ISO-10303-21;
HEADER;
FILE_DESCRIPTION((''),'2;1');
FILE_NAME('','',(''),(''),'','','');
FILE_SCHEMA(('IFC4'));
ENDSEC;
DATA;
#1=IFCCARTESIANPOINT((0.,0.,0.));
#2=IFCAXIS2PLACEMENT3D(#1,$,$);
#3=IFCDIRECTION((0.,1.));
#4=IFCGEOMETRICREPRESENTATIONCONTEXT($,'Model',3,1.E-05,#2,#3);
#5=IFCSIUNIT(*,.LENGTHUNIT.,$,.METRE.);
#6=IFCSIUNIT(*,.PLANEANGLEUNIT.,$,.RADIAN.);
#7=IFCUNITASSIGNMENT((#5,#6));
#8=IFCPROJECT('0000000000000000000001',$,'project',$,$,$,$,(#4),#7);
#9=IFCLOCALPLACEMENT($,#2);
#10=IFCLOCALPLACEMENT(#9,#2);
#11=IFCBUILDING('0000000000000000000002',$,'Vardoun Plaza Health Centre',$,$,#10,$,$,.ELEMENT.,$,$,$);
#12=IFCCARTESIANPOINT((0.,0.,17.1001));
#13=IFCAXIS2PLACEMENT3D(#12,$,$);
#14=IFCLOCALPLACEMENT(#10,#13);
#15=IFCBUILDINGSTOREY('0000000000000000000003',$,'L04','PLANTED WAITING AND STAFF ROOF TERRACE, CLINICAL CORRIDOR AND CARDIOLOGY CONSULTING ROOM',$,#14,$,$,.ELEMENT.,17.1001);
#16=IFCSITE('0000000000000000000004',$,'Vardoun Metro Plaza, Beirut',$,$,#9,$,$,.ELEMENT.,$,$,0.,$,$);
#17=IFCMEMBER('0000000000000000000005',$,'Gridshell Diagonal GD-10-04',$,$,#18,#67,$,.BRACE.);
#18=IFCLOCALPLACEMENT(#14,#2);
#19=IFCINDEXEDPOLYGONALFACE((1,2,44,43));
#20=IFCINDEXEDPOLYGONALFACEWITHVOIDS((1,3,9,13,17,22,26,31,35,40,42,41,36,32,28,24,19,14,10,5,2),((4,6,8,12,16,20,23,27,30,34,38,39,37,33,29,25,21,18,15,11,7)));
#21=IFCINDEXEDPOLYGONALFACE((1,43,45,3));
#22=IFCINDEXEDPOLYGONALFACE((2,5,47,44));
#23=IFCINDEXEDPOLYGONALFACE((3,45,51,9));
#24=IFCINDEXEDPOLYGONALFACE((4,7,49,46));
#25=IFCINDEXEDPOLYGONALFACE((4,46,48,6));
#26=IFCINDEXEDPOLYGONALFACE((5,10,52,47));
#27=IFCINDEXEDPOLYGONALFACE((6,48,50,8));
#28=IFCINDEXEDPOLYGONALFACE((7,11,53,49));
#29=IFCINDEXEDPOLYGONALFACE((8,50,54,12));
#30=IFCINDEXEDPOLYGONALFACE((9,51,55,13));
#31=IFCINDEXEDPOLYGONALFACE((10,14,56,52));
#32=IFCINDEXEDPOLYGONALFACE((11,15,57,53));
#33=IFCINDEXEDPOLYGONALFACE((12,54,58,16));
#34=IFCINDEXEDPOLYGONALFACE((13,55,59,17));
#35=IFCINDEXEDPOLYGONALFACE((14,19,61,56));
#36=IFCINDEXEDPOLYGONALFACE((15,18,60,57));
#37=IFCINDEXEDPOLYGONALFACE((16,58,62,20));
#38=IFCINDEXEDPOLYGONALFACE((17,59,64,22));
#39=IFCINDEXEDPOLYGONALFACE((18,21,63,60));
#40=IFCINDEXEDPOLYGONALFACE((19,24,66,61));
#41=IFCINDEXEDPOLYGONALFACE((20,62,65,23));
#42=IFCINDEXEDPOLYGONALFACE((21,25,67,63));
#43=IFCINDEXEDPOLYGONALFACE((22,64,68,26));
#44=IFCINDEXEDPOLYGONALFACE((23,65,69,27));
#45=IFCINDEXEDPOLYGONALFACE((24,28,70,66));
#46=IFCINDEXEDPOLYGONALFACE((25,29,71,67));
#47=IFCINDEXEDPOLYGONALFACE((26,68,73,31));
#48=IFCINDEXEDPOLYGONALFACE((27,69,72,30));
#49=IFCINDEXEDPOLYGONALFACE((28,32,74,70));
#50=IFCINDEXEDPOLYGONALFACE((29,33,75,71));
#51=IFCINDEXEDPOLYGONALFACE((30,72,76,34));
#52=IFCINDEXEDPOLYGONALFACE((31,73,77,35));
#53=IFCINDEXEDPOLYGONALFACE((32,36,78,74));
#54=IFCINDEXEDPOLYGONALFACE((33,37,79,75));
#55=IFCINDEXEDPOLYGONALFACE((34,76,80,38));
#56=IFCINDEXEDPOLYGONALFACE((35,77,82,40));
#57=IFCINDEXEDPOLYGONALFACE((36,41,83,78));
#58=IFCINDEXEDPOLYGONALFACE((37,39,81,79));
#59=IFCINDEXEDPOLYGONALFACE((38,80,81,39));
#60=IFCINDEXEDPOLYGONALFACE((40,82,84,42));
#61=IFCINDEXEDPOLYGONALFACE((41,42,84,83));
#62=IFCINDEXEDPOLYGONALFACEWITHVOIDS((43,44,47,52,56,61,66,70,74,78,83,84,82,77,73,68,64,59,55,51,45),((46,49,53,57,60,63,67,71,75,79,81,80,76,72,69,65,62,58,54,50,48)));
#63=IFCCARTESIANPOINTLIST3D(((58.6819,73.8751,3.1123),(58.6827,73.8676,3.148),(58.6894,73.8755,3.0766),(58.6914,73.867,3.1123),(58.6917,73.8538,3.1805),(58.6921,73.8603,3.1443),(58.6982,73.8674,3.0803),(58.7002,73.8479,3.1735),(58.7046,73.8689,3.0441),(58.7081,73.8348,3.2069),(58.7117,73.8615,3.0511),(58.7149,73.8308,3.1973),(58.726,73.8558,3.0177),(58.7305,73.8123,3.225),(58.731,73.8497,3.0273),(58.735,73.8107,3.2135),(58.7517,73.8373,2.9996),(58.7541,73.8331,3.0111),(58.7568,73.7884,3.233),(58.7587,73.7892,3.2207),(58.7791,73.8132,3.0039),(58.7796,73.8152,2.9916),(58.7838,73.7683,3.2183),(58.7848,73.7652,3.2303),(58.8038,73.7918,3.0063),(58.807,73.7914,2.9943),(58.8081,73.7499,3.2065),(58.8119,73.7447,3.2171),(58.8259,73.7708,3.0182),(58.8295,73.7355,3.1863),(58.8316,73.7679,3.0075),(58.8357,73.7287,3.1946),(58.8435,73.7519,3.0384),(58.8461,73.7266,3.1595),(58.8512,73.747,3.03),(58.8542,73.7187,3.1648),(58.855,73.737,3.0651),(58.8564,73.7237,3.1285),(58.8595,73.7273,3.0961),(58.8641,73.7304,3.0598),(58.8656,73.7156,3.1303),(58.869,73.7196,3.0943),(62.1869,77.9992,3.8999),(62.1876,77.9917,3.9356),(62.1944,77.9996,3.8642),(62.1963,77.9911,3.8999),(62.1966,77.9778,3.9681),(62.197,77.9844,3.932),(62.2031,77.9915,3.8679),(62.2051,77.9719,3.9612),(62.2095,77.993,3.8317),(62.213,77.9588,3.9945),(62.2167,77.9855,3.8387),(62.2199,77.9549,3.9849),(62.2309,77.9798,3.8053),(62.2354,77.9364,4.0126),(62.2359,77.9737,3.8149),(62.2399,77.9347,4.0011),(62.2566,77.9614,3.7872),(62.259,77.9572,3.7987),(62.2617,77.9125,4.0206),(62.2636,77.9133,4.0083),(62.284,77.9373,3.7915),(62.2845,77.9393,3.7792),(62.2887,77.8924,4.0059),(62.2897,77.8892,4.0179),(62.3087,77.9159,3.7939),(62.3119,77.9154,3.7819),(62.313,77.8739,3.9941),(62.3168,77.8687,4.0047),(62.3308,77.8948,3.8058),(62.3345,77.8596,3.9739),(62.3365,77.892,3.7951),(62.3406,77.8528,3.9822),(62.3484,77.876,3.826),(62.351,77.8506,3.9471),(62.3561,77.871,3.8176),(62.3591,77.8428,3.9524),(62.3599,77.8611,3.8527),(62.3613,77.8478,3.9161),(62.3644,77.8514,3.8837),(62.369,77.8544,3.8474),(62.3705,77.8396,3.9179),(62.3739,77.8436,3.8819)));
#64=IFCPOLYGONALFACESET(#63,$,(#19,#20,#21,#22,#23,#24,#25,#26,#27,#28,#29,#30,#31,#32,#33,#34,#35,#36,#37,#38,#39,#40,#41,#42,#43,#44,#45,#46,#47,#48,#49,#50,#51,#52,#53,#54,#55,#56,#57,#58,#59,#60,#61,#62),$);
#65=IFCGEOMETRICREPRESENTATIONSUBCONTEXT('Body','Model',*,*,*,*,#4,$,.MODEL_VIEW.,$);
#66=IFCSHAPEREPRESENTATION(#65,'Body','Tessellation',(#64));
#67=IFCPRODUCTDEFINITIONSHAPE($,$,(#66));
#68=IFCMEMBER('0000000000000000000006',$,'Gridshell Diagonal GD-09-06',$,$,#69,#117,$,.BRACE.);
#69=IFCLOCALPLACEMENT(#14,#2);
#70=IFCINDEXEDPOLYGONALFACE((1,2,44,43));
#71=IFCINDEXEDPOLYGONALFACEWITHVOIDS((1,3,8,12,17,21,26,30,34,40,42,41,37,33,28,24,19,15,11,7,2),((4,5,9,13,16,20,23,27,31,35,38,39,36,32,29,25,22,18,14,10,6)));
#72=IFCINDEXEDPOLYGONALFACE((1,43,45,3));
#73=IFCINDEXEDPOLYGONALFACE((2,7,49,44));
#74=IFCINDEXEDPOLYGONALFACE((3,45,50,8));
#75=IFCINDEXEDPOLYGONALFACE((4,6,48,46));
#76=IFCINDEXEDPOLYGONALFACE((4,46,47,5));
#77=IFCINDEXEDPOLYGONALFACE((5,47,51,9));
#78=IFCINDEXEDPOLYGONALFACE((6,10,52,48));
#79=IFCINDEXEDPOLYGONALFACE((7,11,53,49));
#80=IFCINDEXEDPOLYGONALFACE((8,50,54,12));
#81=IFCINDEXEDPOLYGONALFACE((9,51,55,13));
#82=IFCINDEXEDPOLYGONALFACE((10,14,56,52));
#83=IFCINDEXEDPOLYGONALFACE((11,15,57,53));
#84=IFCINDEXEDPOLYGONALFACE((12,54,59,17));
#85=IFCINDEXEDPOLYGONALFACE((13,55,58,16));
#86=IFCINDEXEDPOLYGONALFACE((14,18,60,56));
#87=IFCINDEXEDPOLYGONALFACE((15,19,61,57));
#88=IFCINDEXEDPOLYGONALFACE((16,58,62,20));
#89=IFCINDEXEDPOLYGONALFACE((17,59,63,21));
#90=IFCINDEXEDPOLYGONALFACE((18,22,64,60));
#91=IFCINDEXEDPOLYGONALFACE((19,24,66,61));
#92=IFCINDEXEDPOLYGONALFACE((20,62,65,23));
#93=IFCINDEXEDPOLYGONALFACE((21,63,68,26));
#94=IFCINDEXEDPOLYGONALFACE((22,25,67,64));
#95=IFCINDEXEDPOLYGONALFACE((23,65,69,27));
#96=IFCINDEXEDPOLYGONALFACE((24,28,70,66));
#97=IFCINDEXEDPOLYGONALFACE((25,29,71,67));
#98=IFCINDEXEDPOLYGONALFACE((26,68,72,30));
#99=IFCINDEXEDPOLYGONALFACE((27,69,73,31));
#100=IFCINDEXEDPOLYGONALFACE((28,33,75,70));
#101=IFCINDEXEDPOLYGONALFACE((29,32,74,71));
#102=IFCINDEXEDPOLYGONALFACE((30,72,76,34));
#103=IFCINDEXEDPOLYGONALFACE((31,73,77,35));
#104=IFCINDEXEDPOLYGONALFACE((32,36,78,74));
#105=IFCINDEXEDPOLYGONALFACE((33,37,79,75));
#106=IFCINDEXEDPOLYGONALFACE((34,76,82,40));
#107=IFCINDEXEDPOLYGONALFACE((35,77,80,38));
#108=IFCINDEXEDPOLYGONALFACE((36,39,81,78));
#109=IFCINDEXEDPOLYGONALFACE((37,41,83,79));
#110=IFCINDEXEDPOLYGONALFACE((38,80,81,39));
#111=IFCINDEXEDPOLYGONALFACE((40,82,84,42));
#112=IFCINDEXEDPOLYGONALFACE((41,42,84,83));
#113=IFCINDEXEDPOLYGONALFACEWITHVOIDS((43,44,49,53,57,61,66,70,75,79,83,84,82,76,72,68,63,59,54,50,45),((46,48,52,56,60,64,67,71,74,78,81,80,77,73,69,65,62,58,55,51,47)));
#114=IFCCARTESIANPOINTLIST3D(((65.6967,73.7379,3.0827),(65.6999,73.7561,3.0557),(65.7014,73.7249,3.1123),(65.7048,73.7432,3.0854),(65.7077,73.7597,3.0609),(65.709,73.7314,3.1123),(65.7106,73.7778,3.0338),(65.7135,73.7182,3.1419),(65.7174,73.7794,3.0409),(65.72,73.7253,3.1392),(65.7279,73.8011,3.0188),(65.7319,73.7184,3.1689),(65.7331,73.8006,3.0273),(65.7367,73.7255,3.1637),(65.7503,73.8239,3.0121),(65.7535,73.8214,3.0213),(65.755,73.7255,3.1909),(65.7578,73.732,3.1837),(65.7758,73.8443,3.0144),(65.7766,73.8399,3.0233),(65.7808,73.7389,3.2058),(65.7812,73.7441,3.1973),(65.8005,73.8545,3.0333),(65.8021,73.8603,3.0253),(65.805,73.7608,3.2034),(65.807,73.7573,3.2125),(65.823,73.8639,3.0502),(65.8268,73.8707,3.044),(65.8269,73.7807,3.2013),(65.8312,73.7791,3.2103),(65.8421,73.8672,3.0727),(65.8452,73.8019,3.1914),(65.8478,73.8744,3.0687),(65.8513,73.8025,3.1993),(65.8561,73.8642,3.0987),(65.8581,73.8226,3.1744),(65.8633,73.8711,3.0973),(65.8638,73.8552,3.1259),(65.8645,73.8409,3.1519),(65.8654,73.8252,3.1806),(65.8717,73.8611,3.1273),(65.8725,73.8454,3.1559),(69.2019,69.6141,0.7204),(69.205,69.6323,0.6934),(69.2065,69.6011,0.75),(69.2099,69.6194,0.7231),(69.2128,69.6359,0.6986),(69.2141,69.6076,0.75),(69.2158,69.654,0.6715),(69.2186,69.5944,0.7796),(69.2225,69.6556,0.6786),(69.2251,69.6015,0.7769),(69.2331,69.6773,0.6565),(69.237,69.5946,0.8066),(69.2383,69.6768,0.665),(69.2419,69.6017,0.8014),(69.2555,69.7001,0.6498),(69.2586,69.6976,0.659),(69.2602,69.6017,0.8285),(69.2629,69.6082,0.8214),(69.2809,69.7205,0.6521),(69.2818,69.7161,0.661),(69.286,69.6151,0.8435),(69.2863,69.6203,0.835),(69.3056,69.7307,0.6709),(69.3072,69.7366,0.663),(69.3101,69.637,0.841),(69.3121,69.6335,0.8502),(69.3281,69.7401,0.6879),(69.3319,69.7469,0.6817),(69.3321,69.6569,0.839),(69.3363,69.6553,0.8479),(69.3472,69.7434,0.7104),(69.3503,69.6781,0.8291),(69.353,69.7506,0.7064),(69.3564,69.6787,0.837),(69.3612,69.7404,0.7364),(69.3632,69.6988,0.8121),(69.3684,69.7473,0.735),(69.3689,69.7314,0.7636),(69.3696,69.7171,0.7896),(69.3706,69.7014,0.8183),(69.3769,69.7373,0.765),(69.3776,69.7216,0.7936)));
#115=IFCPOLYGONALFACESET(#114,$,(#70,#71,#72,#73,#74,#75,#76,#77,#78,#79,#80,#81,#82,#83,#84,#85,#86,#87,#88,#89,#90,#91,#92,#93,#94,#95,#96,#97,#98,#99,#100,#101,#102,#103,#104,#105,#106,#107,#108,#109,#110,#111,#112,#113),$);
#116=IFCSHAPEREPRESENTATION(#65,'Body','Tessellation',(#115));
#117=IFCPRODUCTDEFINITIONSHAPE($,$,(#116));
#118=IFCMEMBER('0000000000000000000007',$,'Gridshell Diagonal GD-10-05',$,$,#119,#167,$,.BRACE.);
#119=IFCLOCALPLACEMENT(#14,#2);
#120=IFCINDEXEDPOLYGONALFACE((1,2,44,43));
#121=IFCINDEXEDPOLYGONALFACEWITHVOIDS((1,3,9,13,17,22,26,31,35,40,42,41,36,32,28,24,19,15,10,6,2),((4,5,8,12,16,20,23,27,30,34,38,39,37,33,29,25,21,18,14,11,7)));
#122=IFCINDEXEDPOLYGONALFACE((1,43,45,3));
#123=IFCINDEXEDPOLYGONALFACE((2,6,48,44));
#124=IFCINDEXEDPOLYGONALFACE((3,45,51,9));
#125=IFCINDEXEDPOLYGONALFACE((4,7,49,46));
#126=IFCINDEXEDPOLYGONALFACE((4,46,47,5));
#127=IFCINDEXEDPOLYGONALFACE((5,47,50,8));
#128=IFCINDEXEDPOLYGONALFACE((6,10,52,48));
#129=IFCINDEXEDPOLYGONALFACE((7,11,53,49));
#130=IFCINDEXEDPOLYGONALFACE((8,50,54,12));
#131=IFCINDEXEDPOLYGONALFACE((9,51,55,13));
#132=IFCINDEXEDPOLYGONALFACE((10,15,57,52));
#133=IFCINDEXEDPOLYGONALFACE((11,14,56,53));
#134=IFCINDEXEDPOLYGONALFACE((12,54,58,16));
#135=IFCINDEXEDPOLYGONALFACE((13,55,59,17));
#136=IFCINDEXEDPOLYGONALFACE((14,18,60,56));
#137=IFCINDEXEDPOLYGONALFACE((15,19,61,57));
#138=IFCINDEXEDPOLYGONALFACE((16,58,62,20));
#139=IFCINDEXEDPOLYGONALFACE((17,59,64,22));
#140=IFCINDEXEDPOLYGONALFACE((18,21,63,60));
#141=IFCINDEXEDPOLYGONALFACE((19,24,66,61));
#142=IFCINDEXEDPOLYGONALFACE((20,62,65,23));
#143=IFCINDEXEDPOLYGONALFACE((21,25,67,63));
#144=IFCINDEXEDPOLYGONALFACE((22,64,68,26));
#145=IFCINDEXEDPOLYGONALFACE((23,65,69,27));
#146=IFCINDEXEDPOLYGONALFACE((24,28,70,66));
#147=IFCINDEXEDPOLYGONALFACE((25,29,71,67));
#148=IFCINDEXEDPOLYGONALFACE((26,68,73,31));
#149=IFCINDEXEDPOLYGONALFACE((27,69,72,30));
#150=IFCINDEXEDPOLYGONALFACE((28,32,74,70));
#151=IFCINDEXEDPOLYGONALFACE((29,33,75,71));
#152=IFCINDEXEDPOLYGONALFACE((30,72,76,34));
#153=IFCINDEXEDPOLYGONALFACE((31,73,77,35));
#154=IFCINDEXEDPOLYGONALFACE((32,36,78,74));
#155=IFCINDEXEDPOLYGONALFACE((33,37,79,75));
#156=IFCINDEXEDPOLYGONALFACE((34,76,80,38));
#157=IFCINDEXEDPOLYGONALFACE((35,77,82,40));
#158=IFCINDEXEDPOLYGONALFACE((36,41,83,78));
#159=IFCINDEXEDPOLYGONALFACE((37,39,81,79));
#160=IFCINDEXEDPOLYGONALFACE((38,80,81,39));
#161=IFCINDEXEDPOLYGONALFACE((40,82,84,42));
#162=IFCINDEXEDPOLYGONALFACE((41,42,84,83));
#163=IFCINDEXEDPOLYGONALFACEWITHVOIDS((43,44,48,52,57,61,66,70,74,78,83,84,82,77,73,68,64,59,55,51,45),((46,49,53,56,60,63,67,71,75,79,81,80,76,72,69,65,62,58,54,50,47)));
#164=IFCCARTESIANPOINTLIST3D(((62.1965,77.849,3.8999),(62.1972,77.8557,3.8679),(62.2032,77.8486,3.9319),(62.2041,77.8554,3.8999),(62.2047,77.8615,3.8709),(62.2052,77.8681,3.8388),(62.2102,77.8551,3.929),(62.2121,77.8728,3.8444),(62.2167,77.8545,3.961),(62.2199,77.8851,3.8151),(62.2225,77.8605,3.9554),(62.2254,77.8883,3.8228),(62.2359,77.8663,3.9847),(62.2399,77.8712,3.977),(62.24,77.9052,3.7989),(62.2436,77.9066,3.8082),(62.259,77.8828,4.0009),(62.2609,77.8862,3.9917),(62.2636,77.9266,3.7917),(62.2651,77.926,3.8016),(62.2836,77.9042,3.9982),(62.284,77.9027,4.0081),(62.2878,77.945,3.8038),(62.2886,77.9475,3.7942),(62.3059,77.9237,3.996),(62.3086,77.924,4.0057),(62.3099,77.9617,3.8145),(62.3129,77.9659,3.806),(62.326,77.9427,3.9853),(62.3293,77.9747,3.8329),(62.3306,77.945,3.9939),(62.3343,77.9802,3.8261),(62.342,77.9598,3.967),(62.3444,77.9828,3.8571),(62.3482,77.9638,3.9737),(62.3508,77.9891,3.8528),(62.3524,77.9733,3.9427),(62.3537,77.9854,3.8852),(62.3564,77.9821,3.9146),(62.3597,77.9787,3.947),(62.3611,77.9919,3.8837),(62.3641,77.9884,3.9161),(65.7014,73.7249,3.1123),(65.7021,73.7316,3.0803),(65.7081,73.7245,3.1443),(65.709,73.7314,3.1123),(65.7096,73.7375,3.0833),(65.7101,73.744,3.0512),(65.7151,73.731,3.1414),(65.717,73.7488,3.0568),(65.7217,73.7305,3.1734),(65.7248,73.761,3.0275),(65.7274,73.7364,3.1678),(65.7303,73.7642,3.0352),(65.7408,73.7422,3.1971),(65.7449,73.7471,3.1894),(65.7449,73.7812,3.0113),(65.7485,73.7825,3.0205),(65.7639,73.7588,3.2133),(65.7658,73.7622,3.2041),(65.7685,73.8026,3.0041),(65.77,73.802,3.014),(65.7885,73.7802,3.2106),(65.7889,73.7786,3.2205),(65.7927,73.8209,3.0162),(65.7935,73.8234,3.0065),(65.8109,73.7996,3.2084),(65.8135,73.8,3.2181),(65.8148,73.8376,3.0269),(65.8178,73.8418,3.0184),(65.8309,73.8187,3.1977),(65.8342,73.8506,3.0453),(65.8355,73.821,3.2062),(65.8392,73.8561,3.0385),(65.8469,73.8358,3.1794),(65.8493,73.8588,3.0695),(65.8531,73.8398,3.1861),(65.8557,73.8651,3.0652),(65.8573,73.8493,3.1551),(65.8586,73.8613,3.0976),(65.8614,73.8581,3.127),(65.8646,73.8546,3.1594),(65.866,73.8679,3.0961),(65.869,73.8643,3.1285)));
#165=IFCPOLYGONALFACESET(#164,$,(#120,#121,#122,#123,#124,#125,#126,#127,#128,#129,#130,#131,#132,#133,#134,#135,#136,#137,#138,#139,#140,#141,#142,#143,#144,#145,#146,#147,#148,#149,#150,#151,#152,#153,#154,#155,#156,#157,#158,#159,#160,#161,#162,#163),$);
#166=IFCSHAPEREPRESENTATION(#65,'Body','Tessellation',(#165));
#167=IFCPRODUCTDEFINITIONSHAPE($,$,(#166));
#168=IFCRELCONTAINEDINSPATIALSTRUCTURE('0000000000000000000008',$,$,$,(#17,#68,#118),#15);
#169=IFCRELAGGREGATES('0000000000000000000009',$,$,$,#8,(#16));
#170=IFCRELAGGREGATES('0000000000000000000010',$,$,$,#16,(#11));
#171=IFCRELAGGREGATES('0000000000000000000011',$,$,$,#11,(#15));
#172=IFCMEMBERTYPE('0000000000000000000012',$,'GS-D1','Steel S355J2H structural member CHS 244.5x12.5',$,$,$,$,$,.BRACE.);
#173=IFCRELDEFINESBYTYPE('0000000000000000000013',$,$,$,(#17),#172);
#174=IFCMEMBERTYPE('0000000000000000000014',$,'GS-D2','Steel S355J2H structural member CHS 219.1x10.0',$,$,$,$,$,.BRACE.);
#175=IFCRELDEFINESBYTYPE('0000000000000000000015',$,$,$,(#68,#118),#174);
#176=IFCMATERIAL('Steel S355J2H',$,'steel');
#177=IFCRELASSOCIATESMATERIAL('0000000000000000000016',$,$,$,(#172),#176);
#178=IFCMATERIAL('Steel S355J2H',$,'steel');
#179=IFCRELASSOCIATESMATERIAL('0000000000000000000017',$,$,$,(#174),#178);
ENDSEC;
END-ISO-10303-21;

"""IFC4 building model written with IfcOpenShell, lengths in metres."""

from ifc_helpers import new_model, si_unit, direction, frame, origin, origin_2d, place, context, subcontext, project, spatial, hollow_circle, extrude, material, material_profile, profile_set, type_object, element, save


model = new_model("IFC4")

# Units and contexts
model_context = context("Model", 3, precision=1e-05, world=origin(), true_north=direction((0.0, 1.0)))
body_context = subcontext(model_context, "Body", "Model", "MODEL_VIEW")
ifc_project = project(units=[si_unit("LENGTHUNIT", "METRE"), si_unit("PLANEANGLEUNIT", "RADIAN")], contexts=[model_context])

# Site, building, storey
site_placement = place(None, origin())
site = spatial("IfcSite", under=ifc_project, at=site_placement, Name="Vardoun Metro Plaza, Beirut", CompositionType="ELEMENT", RefElevation=0.0)
building_placement = place(site_placement, origin())
building = spatial("IfcBuilding", under=site, at=building_placement, Name="Vardoun Plaza Health Centre", CompositionType="ELEMENT")
storey_placement = place(building_placement, frame((0.0, 0.0, 17.1001)))
storey = spatial("IfcBuildingStorey", under=building, at=storey_placement, Name="L04", Description="PLANTED WAITING AND STAFF ROOF TERRACE, CLINICAL CORRIDOR AND CARDIOLOGY CONSULTING ROOM", CompositionType="ELEMENT", Elevation=17.1001)

# Members
ifc_material_1 = material(Name="Steel S355J2H", Category="steel")
ifc_material_profile_1 = material_profile(ifc_material_1, hollow_circle(Radius=0.1223, WallThickness=0.0125, at=origin_2d()), Name="CHS 244.5x12.5")
ifc_profile_set_1 = profile_set([ifc_material_profile_1], Name="Steel S355J2H")
member_type_1 = type_object("IfcMemberType", Name="GS-D1", Description="Steel S355J2H structural member CHS 244.5x12.5", PredefinedType="BRACE", material=ifc_profile_set_1)
member_1_placement = place(storey_placement, frame((58.7751, 73.7959, 3.1123), z_axis=(0.640841, 0.754046, 0.144006), x_axis=(-0.761988, 0.647591, 0.0)))
element("IfcMember", 1, at=member_1_placement, inside=storey, type_object=member_type_1, Name="Gridshell Diagonal GD-10-04", PredefinedType="BRACE", context=body_context, shape_type="SweptSolid", body=[
    extrude(hollow_circle(Radius=0.1223, WallThickness=0.0125, at=origin_2d()), origin(), (0.0, 0.0, 1.0), 5.4692),
])
ifc_material_2 = material(Name="Steel S355J2H", Category="steel")
ifc_material_profile_2 = material_profile(ifc_material_2, hollow_circle(Radius=0.1096, WallThickness=0.01, at=origin_2d()), Name="CHS 219.1x10.0")
ifc_profile_set_2 = profile_set([ifc_material_profile_2], Name="Steel S355J2H")
member_type_2 = type_object("IfcMemberType", Name="GS-D2", Description="Steel S355J2H structural member CHS 219.1x10.0", PredefinedType="BRACE", material=ifc_profile_set_2)
member_2_placement = place(storey_placement, frame((69.29, 69.6721, 0.75), z_axis=(-0.593561, 0.698324, 0.400035), x_axis=(-0.761947, -0.647639, 0.0)))
element("IfcMember", 2, at=member_2_placement, inside=storey, type_object=member_type_2, Name="Gridshell Diagonal GD-09-06", PredefinedType="BRACE", context=body_context, shape_type="SweptSolid", body=[
    extrude(hollow_circle(Radius=0.1096, WallThickness=0.01, at=origin_2d()), origin(), (0.0, 0.0, 1.0), 5.9053),
])
member_3_placement = place(storey_placement, frame((65.7849, 73.7959, 3.1123), z_axis=(-0.640841, 0.754046, 0.144006), x_axis=(-0.761988, -0.647591, 0.0)))
element("IfcMember", 3, at=member_3_placement, inside=storey, type_object=member_type_2, Name="Gridshell Diagonal GD-10-05", PredefinedType="BRACE", context=body_context, shape_type="SweptSolid", body=[
    extrude(hollow_circle(Radius=0.1096, WallThickness=0.01, at=origin_2d()), origin(), (0.0, 0.0, 1.0), 5.4692),
])

save(model, "model.ifc")
